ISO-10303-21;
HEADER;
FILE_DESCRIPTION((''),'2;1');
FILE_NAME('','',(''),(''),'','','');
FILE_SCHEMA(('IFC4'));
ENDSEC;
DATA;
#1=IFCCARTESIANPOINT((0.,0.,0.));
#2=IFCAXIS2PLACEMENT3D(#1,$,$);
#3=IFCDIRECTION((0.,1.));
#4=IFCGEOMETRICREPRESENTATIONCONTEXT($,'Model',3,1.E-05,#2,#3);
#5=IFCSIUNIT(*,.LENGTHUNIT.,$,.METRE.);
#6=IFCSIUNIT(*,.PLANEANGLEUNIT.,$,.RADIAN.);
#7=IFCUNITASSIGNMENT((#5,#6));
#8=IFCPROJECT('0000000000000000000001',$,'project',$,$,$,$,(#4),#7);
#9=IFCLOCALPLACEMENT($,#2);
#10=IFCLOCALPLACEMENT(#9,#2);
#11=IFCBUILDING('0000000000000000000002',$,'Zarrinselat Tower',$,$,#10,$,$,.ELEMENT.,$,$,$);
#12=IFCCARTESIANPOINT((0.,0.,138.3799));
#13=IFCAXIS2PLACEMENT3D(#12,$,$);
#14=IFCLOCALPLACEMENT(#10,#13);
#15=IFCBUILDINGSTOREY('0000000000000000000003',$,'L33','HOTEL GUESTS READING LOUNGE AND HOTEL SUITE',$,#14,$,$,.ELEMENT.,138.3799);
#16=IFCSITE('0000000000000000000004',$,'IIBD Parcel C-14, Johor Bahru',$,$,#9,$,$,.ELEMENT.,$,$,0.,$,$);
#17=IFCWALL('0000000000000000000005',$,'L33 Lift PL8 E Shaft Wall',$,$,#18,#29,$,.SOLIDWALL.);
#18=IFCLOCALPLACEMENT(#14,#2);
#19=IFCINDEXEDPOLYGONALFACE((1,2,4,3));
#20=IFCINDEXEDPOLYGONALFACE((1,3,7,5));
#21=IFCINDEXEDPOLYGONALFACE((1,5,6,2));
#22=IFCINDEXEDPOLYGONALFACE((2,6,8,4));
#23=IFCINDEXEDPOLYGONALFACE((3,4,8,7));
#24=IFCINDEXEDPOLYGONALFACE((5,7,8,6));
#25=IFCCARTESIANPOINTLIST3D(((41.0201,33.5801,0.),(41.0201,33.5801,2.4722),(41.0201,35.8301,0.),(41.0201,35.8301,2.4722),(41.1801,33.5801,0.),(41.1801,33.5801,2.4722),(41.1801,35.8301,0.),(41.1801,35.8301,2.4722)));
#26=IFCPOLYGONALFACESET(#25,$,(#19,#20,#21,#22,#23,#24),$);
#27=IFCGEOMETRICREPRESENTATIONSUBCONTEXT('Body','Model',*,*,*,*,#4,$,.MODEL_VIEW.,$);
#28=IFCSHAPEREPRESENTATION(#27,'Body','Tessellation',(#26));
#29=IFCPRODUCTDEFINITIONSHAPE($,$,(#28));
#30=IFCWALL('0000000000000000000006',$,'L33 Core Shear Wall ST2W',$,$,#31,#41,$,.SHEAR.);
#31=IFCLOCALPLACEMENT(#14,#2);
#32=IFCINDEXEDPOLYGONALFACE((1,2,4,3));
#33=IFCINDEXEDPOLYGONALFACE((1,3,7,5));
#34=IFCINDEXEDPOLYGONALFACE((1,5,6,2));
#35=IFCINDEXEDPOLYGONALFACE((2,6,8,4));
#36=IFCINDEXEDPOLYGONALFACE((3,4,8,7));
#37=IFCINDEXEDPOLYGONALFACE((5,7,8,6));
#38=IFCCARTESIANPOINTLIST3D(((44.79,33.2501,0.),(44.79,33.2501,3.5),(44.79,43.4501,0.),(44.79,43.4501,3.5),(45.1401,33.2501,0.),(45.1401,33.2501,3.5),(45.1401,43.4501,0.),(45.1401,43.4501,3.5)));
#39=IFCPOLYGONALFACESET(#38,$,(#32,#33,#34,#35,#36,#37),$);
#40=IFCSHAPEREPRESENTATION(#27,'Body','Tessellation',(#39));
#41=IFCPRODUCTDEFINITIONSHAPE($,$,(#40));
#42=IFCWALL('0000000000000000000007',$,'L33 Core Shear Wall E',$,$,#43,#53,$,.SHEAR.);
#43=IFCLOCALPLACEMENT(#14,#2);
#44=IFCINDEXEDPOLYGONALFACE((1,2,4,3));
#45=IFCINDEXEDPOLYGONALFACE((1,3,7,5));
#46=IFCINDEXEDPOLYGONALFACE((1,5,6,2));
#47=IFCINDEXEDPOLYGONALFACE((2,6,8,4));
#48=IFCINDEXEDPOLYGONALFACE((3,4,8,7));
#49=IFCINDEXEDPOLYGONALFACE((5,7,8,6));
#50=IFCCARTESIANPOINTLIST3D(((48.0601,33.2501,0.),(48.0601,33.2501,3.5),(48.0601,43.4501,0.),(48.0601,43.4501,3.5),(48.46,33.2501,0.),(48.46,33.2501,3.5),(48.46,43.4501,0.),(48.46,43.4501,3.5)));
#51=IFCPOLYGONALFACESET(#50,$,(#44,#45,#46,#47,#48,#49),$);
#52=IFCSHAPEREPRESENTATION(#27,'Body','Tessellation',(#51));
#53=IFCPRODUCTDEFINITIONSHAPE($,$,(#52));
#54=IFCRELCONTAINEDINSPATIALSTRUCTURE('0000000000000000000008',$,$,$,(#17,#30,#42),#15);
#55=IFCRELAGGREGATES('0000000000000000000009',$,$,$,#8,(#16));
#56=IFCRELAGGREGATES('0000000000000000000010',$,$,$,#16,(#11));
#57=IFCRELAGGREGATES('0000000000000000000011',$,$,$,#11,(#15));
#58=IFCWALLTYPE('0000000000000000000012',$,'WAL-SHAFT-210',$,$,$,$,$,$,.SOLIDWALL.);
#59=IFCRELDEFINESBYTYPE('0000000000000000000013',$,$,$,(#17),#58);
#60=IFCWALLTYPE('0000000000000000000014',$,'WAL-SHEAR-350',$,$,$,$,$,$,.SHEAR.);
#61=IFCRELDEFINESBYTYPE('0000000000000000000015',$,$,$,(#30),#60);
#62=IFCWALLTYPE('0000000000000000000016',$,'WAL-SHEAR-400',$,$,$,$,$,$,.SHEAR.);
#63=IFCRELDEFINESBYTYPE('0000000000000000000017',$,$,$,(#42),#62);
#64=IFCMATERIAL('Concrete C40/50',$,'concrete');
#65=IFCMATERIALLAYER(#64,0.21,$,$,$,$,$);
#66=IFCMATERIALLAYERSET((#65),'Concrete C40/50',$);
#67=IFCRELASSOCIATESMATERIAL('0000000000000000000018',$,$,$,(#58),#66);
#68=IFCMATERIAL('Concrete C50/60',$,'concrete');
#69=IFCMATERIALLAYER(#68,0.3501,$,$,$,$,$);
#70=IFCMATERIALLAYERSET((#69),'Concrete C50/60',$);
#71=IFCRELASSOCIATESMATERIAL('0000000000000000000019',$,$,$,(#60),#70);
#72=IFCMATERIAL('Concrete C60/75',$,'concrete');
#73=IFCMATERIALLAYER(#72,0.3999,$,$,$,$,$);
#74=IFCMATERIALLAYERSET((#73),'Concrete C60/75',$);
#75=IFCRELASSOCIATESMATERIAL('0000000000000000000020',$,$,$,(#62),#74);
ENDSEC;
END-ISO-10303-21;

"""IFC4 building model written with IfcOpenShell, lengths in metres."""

from ifc_helpers import new_model, si_unit, direction, frame, frame_2d, origin, place, context, subcontext, project, spatial, rectangle, extrude, material, layer, layer_set, type_object, element, save


model = new_model("IFC4")

# Units and contexts
model_context = context("Model", 3, precision=1e-05, world=origin(), true_north=direction((0.0, 1.0)))
body_context = subcontext(model_context, "Body", "Model", "MODEL_VIEW")
ifc_project = project(units=[si_unit("LENGTHUNIT", "METRE"), si_unit("PLANEANGLEUNIT", "RADIAN")], contexts=[model_context])

# Site, building, storey
site_placement = place(None, origin())
site = spatial("IfcSite", under=ifc_project, at=site_placement, Name="IIBD Parcel C-14, Johor Bahru", CompositionType="ELEMENT", RefElevation=0.0)
building_placement = place(site_placement, origin())
building = spatial("IfcBuilding", under=site, at=building_placement, Name="Zarrinselat Tower", CompositionType="ELEMENT")
storey_placement = place(building_placement, frame((0.0, 0.0, 138.3799)))
storey = spatial("IfcBuildingStorey", under=building, at=storey_placement, Name="L33", Description="HOTEL GUESTS READING LOUNGE AND HOTEL SUITE", CompositionType="ELEMENT", Elevation=138.3799)

# Walls
ifc_material_1 = material(Name="Concrete C40/50", Category="concrete")
ifc_layer_1 = layer(ifc_material_1, 0.21)
ifc_layer_set_1 = layer_set([ifc_layer_1], Name="Concrete C40/50")
wall_type_1 = type_object("IfcWallType", Name="WAL-SHAFT-210", PredefinedType="SOLIDWALL", material=ifc_layer_set_1)
wall_1_placement = place(storey_placement, frame((41.1001, 33.5801, 0.0), z_axis=(0.0, 0.0, 1.0), x_axis=(0.0, 1.0, 0.0)))
element("IfcWall", 1, at=wall_1_placement, inside=storey, type_object=wall_type_1, Name="L33 Lift PL8 E Shaft Wall", PredefinedType="SOLIDWALL", context=body_context, shape_type="SweptSolid", body=[
    extrude(rectangle(XDim=2.25, YDim=0.1599, at=frame_2d((1.125, 0.0))), origin(), (0.0, 0.0, 1.0), 2.4722),
])
ifc_material_2 = material(Name="Concrete C50/60", Category="concrete")
ifc_layer_2 = layer(ifc_material_2, 0.3501)
ifc_layer_set_2 = layer_set([ifc_layer_2], Name="Concrete C50/60")
wall_type_2 = type_object("IfcWallType", Name="WAL-SHEAR-350", PredefinedType="SHEAR", material=ifc_layer_set_2)
wall_2_placement = place(storey_placement, frame((44.9651, 33.25, 0.0), z_axis=(0.0, 0.0, 1.0), x_axis=(0.0, 1.0, 0.0)))
element("IfcWall", 2, at=wall_2_placement, inside=storey, type_object=wall_type_2, Name="L33 Core Shear Wall ST2W", PredefinedType="SHEAR", context=body_context, shape_type="SweptSolid", body=[
    extrude(rectangle(XDim=10.2, YDim=0.3501, at=frame_2d((5.1001, 0.0))), origin(), (0.0, 0.0, 1.0), 3.5),
])
ifc_material_3 = material(Name="Concrete C60/75", Category="concrete")
ifc_layer_3 = layer(ifc_material_3, 0.3999)
ifc_layer_set_3 = layer_set([ifc_layer_3], Name="Concrete C60/75")
wall_type_3 = type_object("IfcWallType", Name="WAL-SHEAR-400", PredefinedType="SHEAR", material=ifc_layer_set_3)
wall_3_placement = place(storey_placement, frame((48.26, 33.25, 0.0), z_axis=(0.0, 0.0, 1.0), x_axis=(0.0, 1.0, 0.0)))
element("IfcWall", 3, at=wall_3_placement, inside=storey, type_object=wall_type_3, Name="L33 Core Shear Wall E", PredefinedType="SHEAR", context=body_context, shape_type="SweptSolid", body=[
    extrude(rectangle(XDim=10.2, YDim=0.3999, at=frame_2d((5.1001, 0.0))), origin(), (0.0, 0.0, 1.0), 3.5),
])

save(model, "model.ifc")
